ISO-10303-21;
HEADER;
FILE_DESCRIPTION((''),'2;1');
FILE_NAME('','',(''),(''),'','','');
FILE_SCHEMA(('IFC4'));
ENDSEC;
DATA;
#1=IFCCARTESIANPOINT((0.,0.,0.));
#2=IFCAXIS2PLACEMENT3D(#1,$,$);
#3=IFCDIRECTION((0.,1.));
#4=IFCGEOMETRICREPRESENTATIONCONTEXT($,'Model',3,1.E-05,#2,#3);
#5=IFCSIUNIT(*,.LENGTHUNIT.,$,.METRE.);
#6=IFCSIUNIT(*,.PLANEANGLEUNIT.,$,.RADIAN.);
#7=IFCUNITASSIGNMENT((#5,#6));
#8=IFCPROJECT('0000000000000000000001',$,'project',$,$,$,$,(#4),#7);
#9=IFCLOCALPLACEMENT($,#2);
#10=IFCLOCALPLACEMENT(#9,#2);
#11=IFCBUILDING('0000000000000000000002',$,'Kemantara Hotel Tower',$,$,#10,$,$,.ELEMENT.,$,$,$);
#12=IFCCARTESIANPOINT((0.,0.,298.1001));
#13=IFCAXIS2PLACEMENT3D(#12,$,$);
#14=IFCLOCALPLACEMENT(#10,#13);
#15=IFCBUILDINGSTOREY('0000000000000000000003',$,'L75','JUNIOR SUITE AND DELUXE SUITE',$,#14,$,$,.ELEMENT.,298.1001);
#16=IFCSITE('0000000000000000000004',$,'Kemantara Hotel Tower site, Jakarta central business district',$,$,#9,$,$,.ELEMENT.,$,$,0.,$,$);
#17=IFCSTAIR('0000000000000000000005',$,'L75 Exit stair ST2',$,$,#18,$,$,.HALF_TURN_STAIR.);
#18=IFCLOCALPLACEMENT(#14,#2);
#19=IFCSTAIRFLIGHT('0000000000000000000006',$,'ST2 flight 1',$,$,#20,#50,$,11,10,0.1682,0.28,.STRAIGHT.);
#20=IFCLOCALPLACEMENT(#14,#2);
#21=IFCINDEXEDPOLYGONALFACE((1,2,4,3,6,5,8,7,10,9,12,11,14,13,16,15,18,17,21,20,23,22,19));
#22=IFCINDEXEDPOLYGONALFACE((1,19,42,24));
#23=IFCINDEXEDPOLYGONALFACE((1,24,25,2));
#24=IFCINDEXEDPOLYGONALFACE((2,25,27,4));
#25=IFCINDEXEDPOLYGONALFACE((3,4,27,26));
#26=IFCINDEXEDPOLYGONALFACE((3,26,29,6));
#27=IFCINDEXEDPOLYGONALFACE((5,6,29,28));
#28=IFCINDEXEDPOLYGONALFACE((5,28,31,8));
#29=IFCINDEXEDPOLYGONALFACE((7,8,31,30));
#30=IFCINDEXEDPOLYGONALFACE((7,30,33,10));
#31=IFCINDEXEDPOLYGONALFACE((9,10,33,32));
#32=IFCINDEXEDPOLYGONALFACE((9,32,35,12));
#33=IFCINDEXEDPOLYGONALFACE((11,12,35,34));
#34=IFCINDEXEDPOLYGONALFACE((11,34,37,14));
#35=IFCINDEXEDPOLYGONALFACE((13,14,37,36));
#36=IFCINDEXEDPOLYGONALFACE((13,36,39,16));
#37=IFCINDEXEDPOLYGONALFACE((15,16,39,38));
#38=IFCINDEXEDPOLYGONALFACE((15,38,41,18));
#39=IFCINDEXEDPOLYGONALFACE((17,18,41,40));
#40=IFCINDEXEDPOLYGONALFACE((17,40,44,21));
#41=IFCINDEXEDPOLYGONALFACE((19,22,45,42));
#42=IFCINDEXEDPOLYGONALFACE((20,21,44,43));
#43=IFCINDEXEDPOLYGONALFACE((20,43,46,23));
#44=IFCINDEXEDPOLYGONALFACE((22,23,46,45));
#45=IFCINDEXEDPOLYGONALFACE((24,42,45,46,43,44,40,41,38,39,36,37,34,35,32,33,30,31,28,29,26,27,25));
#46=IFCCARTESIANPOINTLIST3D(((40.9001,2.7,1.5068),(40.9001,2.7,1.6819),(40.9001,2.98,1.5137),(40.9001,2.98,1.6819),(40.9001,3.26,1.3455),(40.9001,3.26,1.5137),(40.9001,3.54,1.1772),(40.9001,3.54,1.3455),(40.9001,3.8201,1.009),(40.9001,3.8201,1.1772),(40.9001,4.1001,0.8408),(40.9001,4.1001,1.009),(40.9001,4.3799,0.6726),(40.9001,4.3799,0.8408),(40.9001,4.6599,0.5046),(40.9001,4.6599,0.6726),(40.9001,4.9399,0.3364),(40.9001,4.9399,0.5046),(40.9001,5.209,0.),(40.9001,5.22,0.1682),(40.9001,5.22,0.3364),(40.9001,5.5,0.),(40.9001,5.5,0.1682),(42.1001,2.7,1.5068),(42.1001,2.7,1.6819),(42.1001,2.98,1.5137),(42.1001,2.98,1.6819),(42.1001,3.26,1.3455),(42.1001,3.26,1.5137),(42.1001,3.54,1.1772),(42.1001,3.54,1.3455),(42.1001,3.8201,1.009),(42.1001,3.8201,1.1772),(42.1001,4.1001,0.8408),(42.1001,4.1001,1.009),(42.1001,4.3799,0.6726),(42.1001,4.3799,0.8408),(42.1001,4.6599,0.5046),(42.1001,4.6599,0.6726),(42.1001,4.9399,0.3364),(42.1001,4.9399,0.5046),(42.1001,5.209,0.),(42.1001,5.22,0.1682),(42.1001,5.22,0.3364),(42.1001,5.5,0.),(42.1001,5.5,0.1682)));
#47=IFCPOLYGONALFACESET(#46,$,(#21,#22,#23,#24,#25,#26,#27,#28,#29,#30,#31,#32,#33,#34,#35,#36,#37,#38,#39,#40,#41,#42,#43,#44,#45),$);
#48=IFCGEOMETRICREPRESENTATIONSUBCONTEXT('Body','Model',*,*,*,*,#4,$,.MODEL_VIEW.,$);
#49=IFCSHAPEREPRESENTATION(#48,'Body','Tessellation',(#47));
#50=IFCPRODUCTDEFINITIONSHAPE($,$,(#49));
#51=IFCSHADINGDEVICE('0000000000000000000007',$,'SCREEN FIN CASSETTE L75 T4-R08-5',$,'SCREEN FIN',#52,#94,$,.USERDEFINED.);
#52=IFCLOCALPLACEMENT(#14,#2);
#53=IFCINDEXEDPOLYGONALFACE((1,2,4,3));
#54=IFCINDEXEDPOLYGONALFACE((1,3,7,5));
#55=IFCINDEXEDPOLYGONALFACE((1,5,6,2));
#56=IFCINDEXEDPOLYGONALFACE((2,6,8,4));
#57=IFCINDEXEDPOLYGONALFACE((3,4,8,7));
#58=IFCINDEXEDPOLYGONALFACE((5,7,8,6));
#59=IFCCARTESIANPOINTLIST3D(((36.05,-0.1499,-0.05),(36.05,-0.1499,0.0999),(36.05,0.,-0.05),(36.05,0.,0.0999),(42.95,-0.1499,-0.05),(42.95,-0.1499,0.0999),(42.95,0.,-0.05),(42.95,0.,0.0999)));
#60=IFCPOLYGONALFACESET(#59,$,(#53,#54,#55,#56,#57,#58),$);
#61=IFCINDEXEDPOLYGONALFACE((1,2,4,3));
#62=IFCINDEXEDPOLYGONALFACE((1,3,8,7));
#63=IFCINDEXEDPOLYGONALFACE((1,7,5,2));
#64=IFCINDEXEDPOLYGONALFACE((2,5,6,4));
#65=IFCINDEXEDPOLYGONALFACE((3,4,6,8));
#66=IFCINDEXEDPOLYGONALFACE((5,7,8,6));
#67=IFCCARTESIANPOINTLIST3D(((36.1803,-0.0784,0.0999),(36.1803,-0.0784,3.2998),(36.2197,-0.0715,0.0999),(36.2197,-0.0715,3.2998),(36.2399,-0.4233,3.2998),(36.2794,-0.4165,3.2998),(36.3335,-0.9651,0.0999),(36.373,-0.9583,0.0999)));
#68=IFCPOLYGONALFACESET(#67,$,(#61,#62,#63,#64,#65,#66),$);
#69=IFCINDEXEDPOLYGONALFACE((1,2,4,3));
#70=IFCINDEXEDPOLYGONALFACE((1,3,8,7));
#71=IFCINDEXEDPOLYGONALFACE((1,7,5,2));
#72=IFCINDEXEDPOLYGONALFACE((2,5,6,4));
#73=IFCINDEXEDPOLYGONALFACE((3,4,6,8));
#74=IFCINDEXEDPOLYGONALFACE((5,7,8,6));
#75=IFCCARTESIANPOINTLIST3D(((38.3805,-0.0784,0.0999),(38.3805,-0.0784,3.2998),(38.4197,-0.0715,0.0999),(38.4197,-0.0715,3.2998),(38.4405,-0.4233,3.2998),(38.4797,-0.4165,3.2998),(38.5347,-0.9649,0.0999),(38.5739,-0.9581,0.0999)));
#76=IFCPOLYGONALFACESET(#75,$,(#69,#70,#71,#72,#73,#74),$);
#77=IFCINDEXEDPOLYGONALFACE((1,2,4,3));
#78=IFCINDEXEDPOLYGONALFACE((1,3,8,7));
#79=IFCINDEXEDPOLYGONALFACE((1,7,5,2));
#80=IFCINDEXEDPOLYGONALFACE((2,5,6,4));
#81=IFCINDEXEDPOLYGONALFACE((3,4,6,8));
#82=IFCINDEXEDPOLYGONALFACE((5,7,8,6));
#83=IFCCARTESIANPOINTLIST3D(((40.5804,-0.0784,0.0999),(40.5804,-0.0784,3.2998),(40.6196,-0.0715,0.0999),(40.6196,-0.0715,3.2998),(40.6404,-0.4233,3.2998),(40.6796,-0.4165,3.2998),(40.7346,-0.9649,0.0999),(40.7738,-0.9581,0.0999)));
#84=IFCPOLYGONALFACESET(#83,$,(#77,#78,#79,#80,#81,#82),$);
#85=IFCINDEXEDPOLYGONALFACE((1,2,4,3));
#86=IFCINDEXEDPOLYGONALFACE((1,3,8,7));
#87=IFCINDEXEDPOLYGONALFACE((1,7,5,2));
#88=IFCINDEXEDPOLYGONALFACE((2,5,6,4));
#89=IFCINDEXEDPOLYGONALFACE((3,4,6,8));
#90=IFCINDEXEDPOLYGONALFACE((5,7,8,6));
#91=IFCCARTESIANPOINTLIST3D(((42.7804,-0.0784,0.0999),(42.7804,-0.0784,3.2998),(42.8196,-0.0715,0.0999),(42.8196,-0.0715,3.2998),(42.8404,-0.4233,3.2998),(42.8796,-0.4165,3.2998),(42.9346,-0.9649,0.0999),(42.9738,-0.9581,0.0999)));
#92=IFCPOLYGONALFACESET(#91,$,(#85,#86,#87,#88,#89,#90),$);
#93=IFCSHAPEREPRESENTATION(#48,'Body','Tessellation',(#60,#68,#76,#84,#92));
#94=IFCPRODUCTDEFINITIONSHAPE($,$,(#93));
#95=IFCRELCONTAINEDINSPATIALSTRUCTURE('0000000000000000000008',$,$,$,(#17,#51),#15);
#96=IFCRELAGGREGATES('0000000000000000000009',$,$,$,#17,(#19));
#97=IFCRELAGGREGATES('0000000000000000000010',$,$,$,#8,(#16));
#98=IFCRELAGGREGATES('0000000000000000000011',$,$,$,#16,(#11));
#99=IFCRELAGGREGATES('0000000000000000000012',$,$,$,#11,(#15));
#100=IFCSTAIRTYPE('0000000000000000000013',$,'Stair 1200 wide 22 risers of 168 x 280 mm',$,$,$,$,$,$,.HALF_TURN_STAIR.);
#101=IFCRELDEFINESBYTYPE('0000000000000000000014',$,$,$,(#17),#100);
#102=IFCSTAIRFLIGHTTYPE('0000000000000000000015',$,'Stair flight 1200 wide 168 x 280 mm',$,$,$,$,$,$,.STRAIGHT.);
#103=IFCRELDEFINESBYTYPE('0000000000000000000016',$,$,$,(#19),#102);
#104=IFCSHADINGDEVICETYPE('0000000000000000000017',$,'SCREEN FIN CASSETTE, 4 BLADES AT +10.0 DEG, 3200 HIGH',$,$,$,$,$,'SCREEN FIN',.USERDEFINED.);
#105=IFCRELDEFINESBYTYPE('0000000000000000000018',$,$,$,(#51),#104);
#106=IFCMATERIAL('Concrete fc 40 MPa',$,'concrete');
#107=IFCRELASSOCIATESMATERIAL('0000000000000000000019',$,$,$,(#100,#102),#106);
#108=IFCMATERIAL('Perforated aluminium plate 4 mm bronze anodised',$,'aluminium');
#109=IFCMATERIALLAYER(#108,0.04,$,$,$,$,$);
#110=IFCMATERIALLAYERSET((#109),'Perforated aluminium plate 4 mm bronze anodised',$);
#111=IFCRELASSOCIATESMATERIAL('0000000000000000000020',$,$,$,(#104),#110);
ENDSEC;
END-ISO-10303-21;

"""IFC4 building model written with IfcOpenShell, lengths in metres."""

from ifc_helpers import new_model, si_unit, direction, frame, origin, origin_2d, place, context, subcontext, project, spatial, polyline, rectangle, outline, extrude, source, transform, mapped, material, layer, layer_set, type_object, element, aggregate, save


model = new_model("IFC4")

# Units and contexts
model_context = context("Model", 3, precision=1e-05, world=origin(), true_north=direction((0.0, 1.0)))
body_context = subcontext(model_context, "Body", "Model", "MODEL_VIEW")
ifc_project = project(units=[si_unit("LENGTHUNIT", "METRE"), si_unit("PLANEANGLEUNIT", "RADIAN")], contexts=[model_context])

# Site, building, storey
site_placement = place(None, origin())
site = spatial("IfcSite", under=ifc_project, at=site_placement, Name="Kemantara Hotel Tower site, Jakarta central business district", CompositionType="ELEMENT", RefElevation=0.0)
building_placement = place(site_placement, origin())
building = spatial("IfcBuilding", under=site, at=building_placement, Name="Kemantara Hotel Tower", CompositionType="ELEMENT")
storey_placement = place(building_placement, frame((0.0, 0.0, 298.1001)))
storey = spatial("IfcBuildingStorey", under=building, at=storey_placement, Name="L75", Description="JUNIOR SUITE AND DELUXE SUITE", CompositionType="ELEMENT", Elevation=298.1001)

# Stair, stair flight
ifc_material_1 = material(Name="Concrete fc 40 MPa", Category="concrete")
stair_type = type_object("IfcStairType", Name="Stair 1200 wide 22 risers of 168 x 280 mm", PredefinedType="HALF_TURN_STAIR", material=ifc_material_1)
stair_placement = place(storey_placement, origin())
stair = element("IfcStair", 1, at=stair_placement, inside=storey, type_object=stair_type, Name="L75 Exit stair ST2", PredefinedType="HALF_TURN_STAIR")
stair_flight_type = type_object("IfcStairFlightType", Name="Stair flight 1200 wide 168 x 280 mm", PredefinedType="STRAIGHT", material=ifc_material_1)
stair_flight_placement = place(storey_placement, frame((41.5, 5.5, 0.0), z_axis=(0.0, 0.0, 1.0), x_axis=(0.0, -1.0, 0.0)))
stair_flight = element("IfcStairFlight", 2, at=stair_flight_placement, type_object=stair_flight_type, Name="ST2 flight 1", NumberOfRisers=11, NumberOfTreads=10, PredefinedType="STRAIGHT", RiserHeight=0.1682, TreadLength=0.28, context=body_context, shape_type="SweptSolid", body=[
    extrude(outline(polyline([(0.0, 0.0), (0.0, 0.1682), (0.28, 0.1682), (0.28, 0.3364), (0.5601, 0.3364), (0.5601, 0.5046), (0.8401, 0.5046), (0.8401, 0.6726), (1.1201, 0.6726), (1.1201, 0.8408), (1.3999, 0.8408), (1.3999, 1.009), (1.6799, 1.009), (1.6799, 1.1772), (1.96, 1.1772), (1.96, 1.3455), (2.24, 1.3455), (2.24, 1.5137), (2.52, 1.5137), (2.52, 1.6819), (2.8, 1.6819), (2.8, 1.8501), (2.8, 1.5068), (0.291, 0.0), (0.0, 0.0)])), frame((0.0, 0.6001, 0.0), z_axis=(0.0, -1.0, 0.0), x_axis=(1.0, 0.0, 0.0)), (0.0, 0.0, 1.0), 1.2),
])
aggregate(stair, [stair_flight])

# Shading device
ifc_material_2 = material(Name="Perforated aluminium plate 4 mm bronze anodised", Category="aluminium")
ifc_layer_1 = layer(ifc_material_2, 0.04)
ifc_layer_set_1 = layer_set([ifc_layer_1], Name="Perforated aluminium plate 4 mm bronze anodised")
shading_device_type = type_object("IfcShadingDeviceType", Name="SCREEN FIN CASSETTE, 4 BLADES AT +10.0 DEG, 3200 HIGH", ElementType="SCREEN FIN", PredefinedType="USERDEFINED", material=ifc_layer_set_1)
shared_shape = source(origin(), body_context, "Body", "SweptSolid", [
    extrude(rectangle(XDim=6.8999, YDim=0.1499, at=origin_2d()), frame((3.3, -0.075, -0.1499), z_axis=(0.0, 0.0, 1.0), x_axis=(1.0, 0.0, 0.0)), (0.0, 0.0, 1.0), 0.1499),
    extrude(outline(polyline([(0.0, 0.0), (0.8999, 0.0), (0.3501, 3.2), (0.0, 3.2), (0.0, 0.0)])), frame((0.0198, -0.0715, 0.0), z_axis=(-0.98539, -0.170314, 0.0), x_axis=(0.170314, -0.98539, 0.0)), (0.0, 0.0, 1.0), 0.04),
    extrude(outline(polyline([(0.0, 0.0), (0.8999, 0.0), (0.3501, 3.2), (0.0, 3.2), (0.0, 0.0)])), frame((2.2197, -0.0715, 0.0), z_axis=(-0.985212, -0.171341, 0.0), x_axis=(0.171341, -0.985212, 0.0)), (0.0, 0.0, 1.0), 0.0398),
    extrude(outline(polyline([(0.0, 0.0), (0.8999, 0.0), (0.3501, 3.2), (0.0, 3.2), (0.0, 0.0)])), frame((4.4197, -0.0715, 0.0), z_axis=(-0.985212, -0.171341, 0.0), x_axis=(0.171341, -0.985212, 0.0)), (0.0, 0.0, 1.0), 0.0398),
    extrude(outline(polyline([(0.0, 0.0), (0.8999, 0.0), (0.3501, 3.2), (0.0, 3.2), (0.0, 0.0)])), frame((6.6196, -0.0715, 0.0), z_axis=(-0.985212, -0.171341, 0.0), x_axis=(0.171341, -0.985212, 0.0)), (0.0, 0.0, 1.0), 0.0398),
])
shading_device_placement = place(storey_placement, frame((36.2, 0.0, 0.0999), z_axis=(0.0, 0.0, 1.0), x_axis=(1.0, 0.0, 0.0)))
element("IfcShadingDevice", 3, at=shading_device_placement, inside=storey, type_object=shading_device_type, Name="SCREEN FIN CASSETTE L75 T4-R08-5", ObjectType="SCREEN FIN", PredefinedType="USERDEFINED", context=body_context, shape_type="MappedRepresentation", body=[
    mapped(shared_shape, transform((0.0, 0.0, 0.0))),
])

save(model, "model.ifc")
